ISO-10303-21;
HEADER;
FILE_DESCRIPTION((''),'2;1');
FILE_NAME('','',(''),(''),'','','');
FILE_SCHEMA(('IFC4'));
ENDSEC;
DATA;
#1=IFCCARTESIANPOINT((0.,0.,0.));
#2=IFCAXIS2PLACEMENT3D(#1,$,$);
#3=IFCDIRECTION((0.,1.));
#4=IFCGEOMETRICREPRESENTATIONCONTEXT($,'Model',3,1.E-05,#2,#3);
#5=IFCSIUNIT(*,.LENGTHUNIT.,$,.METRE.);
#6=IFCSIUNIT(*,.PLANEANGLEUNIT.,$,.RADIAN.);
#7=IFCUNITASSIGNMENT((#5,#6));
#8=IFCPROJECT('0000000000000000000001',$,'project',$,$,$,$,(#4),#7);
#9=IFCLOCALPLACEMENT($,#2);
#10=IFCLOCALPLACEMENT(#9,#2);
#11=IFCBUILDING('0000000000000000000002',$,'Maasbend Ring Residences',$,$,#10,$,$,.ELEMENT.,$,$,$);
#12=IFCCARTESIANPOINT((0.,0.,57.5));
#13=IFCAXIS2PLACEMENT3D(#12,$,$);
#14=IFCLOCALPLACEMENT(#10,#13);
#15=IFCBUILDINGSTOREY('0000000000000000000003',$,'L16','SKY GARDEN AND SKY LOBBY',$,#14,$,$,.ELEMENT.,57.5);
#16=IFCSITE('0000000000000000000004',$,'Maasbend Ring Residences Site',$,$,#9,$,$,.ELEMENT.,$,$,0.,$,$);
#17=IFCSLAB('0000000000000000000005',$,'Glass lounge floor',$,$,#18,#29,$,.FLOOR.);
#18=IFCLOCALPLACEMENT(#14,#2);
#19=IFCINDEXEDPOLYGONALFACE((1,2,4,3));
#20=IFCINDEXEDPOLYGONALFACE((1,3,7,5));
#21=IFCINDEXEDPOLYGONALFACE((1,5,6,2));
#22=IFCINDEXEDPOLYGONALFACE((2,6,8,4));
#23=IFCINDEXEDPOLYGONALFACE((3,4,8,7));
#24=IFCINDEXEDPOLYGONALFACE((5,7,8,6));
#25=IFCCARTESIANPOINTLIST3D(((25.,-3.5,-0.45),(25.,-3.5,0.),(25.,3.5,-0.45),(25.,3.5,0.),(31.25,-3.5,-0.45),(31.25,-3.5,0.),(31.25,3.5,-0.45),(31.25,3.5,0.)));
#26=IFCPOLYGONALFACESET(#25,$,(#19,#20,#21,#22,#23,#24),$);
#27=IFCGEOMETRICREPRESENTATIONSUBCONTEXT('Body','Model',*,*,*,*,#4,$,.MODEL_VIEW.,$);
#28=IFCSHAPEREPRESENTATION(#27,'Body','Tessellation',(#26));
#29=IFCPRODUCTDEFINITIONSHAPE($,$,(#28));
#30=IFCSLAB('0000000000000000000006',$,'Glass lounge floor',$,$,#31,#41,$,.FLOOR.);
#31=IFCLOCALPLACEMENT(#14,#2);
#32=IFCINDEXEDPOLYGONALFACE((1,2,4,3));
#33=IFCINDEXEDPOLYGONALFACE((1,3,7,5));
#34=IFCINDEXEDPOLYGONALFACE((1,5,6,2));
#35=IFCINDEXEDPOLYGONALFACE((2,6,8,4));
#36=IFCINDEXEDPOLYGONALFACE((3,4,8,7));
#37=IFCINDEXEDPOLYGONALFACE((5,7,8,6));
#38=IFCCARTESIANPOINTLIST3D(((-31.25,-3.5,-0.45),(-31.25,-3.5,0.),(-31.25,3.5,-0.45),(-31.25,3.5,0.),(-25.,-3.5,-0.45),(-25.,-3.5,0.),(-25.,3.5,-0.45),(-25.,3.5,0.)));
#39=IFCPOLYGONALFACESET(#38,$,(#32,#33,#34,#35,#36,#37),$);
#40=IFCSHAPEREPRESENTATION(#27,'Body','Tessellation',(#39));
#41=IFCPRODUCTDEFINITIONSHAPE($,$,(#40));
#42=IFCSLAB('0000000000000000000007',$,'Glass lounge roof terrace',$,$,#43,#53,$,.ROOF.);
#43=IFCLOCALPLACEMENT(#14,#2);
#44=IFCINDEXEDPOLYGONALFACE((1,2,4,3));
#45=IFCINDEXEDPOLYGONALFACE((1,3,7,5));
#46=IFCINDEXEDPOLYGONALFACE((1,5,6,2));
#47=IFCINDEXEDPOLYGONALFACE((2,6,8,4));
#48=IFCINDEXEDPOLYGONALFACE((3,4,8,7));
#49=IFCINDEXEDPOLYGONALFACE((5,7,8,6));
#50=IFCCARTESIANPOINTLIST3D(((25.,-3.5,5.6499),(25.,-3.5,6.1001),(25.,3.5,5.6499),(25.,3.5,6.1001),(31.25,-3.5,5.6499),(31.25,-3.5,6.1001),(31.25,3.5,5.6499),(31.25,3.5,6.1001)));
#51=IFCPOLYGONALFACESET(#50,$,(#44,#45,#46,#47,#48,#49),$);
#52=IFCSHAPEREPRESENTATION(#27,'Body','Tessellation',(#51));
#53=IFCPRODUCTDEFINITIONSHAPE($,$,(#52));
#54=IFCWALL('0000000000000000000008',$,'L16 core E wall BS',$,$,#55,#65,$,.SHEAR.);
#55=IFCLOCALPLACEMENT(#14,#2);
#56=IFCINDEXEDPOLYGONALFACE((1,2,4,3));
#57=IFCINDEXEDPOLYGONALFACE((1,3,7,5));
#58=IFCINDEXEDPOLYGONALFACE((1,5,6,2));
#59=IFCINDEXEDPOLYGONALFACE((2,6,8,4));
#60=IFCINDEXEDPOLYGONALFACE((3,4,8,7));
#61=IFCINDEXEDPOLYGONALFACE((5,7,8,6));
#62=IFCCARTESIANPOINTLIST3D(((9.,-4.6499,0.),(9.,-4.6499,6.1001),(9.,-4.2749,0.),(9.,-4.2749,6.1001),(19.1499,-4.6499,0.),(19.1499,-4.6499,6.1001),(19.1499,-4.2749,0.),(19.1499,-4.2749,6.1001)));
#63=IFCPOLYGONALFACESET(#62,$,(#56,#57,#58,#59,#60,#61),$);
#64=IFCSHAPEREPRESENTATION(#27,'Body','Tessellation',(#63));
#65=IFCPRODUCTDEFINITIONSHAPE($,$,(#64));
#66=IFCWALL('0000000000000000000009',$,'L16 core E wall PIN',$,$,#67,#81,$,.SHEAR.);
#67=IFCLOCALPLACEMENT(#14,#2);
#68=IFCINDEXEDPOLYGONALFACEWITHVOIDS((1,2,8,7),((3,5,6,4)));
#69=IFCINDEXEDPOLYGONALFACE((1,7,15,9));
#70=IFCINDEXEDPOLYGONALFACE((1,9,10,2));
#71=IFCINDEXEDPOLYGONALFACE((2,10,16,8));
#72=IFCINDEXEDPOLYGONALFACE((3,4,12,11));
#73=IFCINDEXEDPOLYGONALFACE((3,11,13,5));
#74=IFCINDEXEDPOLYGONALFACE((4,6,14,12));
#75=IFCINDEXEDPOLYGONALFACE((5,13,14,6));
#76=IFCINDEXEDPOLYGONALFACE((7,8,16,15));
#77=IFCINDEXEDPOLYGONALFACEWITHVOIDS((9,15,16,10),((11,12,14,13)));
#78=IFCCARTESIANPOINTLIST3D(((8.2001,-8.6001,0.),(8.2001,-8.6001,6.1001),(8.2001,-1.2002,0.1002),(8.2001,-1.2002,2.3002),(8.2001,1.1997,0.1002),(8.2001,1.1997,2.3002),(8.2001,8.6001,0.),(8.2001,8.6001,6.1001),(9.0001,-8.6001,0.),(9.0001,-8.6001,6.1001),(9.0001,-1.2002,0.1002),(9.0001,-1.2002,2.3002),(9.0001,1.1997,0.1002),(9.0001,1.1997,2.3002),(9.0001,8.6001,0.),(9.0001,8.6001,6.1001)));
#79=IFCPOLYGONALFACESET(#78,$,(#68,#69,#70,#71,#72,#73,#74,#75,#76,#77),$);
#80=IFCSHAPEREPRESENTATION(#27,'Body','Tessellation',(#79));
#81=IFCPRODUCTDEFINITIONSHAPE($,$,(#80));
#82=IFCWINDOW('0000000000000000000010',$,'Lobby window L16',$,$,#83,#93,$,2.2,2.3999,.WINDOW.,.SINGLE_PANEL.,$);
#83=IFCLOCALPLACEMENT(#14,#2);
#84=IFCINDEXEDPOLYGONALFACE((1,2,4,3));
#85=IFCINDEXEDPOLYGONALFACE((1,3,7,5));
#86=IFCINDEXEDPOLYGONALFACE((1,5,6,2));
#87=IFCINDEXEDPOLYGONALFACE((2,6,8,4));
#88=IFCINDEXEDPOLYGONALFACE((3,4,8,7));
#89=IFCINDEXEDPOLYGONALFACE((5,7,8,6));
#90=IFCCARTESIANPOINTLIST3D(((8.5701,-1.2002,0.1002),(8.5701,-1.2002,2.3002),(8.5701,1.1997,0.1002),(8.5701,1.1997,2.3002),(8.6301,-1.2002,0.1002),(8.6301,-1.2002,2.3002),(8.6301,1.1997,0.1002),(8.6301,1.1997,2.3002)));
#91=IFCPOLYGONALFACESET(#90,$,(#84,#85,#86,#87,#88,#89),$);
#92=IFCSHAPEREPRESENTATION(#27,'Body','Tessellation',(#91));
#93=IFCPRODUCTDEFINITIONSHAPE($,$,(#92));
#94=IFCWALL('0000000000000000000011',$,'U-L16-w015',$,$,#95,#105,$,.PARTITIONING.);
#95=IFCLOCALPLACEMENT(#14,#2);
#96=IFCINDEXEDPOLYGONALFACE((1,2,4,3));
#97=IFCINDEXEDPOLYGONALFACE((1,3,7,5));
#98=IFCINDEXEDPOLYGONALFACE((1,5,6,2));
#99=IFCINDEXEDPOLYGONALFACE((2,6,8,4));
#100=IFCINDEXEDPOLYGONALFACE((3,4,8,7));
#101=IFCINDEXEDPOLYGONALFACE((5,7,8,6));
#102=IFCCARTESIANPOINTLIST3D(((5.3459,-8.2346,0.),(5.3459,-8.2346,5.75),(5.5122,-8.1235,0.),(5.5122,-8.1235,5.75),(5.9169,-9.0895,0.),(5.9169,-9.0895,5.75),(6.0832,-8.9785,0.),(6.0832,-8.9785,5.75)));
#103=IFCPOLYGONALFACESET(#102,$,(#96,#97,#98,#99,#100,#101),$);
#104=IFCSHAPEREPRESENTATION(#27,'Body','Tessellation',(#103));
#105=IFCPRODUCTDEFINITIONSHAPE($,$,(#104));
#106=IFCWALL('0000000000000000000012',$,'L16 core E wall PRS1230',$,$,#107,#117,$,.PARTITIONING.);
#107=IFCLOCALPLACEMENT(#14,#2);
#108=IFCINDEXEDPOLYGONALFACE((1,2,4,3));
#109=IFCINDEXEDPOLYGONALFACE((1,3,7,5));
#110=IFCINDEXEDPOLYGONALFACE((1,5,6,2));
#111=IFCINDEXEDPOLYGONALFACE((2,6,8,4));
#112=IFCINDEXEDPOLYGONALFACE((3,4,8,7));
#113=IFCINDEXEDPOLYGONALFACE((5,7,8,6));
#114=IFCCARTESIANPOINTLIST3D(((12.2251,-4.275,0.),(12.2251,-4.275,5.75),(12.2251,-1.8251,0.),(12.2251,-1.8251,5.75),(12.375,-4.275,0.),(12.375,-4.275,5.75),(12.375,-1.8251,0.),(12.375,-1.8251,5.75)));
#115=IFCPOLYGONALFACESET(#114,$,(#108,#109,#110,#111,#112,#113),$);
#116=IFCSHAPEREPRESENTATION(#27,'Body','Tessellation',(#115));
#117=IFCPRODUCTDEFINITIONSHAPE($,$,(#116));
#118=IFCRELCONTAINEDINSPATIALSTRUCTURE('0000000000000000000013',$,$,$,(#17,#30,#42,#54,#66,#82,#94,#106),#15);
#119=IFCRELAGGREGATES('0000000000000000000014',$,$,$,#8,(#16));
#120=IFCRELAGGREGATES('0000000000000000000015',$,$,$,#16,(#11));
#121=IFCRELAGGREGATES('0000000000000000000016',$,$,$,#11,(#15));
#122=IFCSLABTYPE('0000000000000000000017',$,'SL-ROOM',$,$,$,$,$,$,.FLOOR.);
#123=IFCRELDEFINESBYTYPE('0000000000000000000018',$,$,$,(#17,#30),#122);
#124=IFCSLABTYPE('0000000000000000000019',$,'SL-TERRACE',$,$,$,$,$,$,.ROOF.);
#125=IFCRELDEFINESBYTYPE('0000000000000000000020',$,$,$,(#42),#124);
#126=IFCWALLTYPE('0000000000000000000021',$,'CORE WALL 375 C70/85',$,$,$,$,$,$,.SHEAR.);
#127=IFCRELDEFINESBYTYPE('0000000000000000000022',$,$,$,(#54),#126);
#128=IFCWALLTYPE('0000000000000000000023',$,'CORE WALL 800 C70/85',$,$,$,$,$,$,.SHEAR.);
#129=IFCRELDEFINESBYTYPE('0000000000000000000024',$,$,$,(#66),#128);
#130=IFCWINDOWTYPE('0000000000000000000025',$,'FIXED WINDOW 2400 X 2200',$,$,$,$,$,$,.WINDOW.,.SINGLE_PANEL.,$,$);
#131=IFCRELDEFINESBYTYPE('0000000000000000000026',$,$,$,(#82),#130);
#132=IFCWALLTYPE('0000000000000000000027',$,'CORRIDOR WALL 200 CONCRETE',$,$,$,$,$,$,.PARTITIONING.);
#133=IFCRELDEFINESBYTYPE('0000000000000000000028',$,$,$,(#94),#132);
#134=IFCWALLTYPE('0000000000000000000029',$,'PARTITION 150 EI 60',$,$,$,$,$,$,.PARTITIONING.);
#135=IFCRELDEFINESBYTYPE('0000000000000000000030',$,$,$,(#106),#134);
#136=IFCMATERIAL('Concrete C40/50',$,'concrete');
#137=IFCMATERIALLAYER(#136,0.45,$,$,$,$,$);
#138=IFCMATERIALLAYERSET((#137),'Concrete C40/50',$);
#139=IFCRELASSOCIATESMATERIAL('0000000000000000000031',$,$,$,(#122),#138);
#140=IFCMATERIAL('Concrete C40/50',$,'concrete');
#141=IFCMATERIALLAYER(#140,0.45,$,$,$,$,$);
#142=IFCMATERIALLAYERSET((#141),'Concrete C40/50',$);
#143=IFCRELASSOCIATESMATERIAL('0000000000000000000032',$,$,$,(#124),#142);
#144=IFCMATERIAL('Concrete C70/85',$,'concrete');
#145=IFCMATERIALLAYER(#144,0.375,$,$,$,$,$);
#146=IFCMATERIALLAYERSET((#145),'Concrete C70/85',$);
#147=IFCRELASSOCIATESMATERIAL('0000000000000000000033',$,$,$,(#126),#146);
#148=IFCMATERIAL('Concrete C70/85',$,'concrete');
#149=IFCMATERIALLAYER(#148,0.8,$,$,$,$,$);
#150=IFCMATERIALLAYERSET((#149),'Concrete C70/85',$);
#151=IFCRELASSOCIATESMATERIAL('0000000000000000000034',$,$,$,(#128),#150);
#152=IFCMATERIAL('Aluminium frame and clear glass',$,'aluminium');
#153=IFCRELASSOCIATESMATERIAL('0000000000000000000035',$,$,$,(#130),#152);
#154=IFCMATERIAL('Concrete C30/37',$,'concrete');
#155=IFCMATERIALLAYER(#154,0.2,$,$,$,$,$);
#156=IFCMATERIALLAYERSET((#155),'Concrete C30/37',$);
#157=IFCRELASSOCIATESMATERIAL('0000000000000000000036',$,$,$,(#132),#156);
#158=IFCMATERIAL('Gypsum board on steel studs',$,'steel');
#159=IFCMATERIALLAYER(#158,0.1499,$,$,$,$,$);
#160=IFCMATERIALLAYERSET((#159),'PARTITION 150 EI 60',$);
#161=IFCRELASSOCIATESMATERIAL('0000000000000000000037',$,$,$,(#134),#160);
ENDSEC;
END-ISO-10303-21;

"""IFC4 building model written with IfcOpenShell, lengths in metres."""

from ifc_helpers import new_model, si_unit, direction, frame, frame_2d, origin, place, context, subcontext, project, spatial, polyline, rectangle, outline, extrude, material, layer, layer_set, type_object, element, fill, save


model = new_model("IFC4")

# Units and contexts
model_context = context("Model", 3, precision=1e-05, world=origin(), true_north=direction((0.0, 1.0)))
body_context = subcontext(model_context, "Body", "Model", "MODEL_VIEW")
ifc_project = project(units=[si_unit("LENGTHUNIT", "METRE"), si_unit("PLANEANGLEUNIT", "RADIAN")], contexts=[model_context])

# Site, building, storey
site_placement = place(None, origin())
site = spatial("IfcSite", under=ifc_project, at=site_placement, Name="Maasbend Ring Residences Site", CompositionType="ELEMENT", RefElevation=0.0)
building_placement = place(site_placement, origin())
building = spatial("IfcBuilding", under=site, at=building_placement, Name="Maasbend Ring Residences", CompositionType="ELEMENT")
storey_placement = place(building_placement, frame((0.0, 0.0, 57.5)))
storey = spatial("IfcBuildingStorey", under=building, at=storey_placement, Name="L16", Description="SKY GARDEN AND SKY LOBBY", CompositionType="ELEMENT", Elevation=57.5)

# Slabs
ifc_material_1 = material(Name="Concrete C40/50", Category="concrete")
ifc_layer_1 = layer(ifc_material_1, 0.45)
ifc_layer_set_1 = layer_set([ifc_layer_1], Name="Concrete C40/50")
slab_type_1 = type_object("IfcSlabType", Name="SL-ROOM", PredefinedType="FLOOR", material=ifc_layer_set_1)
slab_1_placement = place(storey_placement, frame((0.0, 0.0, -0.45)))
element("IfcSlab", 1, at=slab_1_placement, inside=storey, type_object=slab_type_1, Name="Glass lounge floor", PredefinedType="FLOOR", context=body_context, shape_type="SweptSolid", body=[
    extrude(outline(polyline([(25.0, -3.5), (31.25, -3.5), (31.25, 3.5), (25.0, 3.5), (25.0, -3.5)])), origin(), (0.0, 0.0, 1.0), 0.45),
])
slab_2_placement = place(storey_placement, frame((0.0, 0.0, -0.45)))
element("IfcSlab", 2, at=slab_2_placement, inside=storey, type_object=slab_type_1, Name="Glass lounge floor", PredefinedType="FLOOR", context=body_context, shape_type="SweptSolid", body=[
    extrude(outline(polyline([(-31.25, -3.5), (-25.0, -3.5), (-25.0, 3.5), (-31.25, 3.5), (-31.25, -3.5)])), origin(), (0.0, 0.0, 1.0), 0.45),
])
ifc_material_2 = material(Name="Concrete C40/50", Category="concrete")
ifc_layer_2 = layer(ifc_material_2, 0.45)
ifc_layer_set_2 = layer_set([ifc_layer_2], Name="Concrete C40/50")
slab_type_2 = type_object("IfcSlabType", Name="SL-TERRACE", PredefinedType="ROOF", material=ifc_layer_set_2)
slab_3_placement = place(storey_placement, frame((0.0, 0.0, 5.6499)))
element("IfcSlab", 3, at=slab_3_placement, inside=storey, type_object=slab_type_2, Name="Glass lounge roof terrace", PredefinedType="ROOF", context=body_context, shape_type="SweptSolid", body=[
    extrude(outline(polyline([(25.0, -3.5), (31.25, -3.5), (31.25, 3.5), (25.0, 3.5), (25.0, -3.5)])), origin(), (0.0, 0.0, 1.0), 0.4502),
])

# Wall
ifc_material_3 = material(Name="Concrete C70/85", Category="concrete")
ifc_layer_3 = layer(ifc_material_3, 0.375)
ifc_layer_set_3 = layer_set([ifc_layer_3], Name="Concrete C70/85")
wall_type_1 = type_object("IfcWallType", Name="CORE WALL 375 C70/85", PredefinedType="SHEAR", material=ifc_layer_set_3)
wall_1_placement = place(storey_placement, frame((9.0, -4.4624, 0.0), z_axis=(0.0, 0.0, 1.0), x_axis=(1.0, 0.0, 0.0)))
element("IfcWall", 4, at=wall_1_placement, inside=storey, type_object=wall_type_1, Name="L16 core E wall BS", PredefinedType="SHEAR", context=body_context, shape_type="SweptSolid", body=[
    extrude(rectangle(XDim=10.1499, YDim=0.375, at=frame_2d((5.075, 0.0))), origin(), (0.0, 0.0, 1.0), 6.1001),
])

# Wall, opening, window
ifc_material_4 = material(Name="Concrete C70/85", Category="concrete")
ifc_layer_4 = layer(ifc_material_4, 0.8)
ifc_layer_set_4 = layer_set([ifc_layer_4], Name="Concrete C70/85")
wall_type_2 = type_object("IfcWallType", Name="CORE WALL 800 C70/85", PredefinedType="SHEAR", material=ifc_layer_set_4)
wall_2_placement = place(storey_placement, frame((8.6001, -8.6001, 0.0), z_axis=(0.0, 0.0, 1.0), x_axis=(0.0, 1.0, 0.0)))
wall_2 = element("IfcWall", 5, at=wall_2_placement, inside=storey, type_object=wall_type_2, Name="L16 core E wall PIN", PredefinedType="SHEAR", context=body_context, shape_type="SweptSolid", body=[
    extrude(rectangle(XDim=17.2002, YDim=0.8, at=frame_2d((8.6001, 0.0))), origin(), (0.0, 0.0, 1.0), 6.1001),
])
opening_placement = place(wall_2_placement, frame((7.3999, 0.0, 0.1001)))
opening = element("IfcOpeningElement", 6, at=opening_placement, cuts=wall_2, PredefinedType="OPENING", context=body_context, shape_type="SweptSolid", body=[
    extrude(rectangle(XDim=2.3999, YDim=2.2, at=frame_2d((1.2, 1.1001))), frame((0.0, 0.4102, 0.0), z_axis=(0.0, -1.0, 0.0), x_axis=(1.0, 0.0, 0.0)), (0.0, 0.0, 1.0), 0.8201),
])
ifc_material_5 = material(Name="Aluminium frame and clear glass", Category="aluminium")
window_type = type_object("IfcWindowType", Name="FIXED WINDOW 2400 X 2200", PartitioningType="SINGLE_PANEL", PredefinedType="WINDOW", material=ifc_material_5)
window_placement = place(opening_placement, origin())
window = element("IfcWindow", 7, at=window_placement, inside=storey, type_object=window_type, Name="Lobby window L16", OverallHeight=2.2, OverallWidth=2.3999, PartitioningType="SINGLE_PANEL", PredefinedType="WINDOW", context=body_context, shape_type="SweptSolid", body=[
    extrude(rectangle(XDim=2.3999, YDim=2.2, at=frame_2d((1.2, 1.1001))), frame((0.0, 0.03, 0.0), z_axis=(0.0, -1.0, 0.0), x_axis=(1.0, 0.0, 0.0)), (0.0, 0.0, 1.0), 0.0601),
])
fill(opening, window)

# Walls
ifc_material_6 = material(Name="Concrete C30/37", Category="concrete")
ifc_layer_5 = layer(ifc_material_6, 0.2)
ifc_layer_set_5 = layer_set([ifc_layer_5], Name="Concrete C30/37")
wall_type_3 = type_object("IfcWallType", Name="CORRIDOR WALL 200 CONCRETE", PredefinedType="PARTITIONING", material=ifc_layer_set_5)
wall_3_placement = place(storey_placement, frame((5.429, -8.179, 0.0), z_axis=(0.0, 0.0, 1.0), x_axis=(0.555412, -0.831575, 0.0)))
element("IfcWall", 8, at=wall_3_placement, inside=storey, type_object=wall_type_3, Name="U-L16-w015", PredefinedType="PARTITIONING", context=body_context, shape_type="SweptSolid", body=[
    extrude(rectangle(XDim=1.0281, YDim=0.2, at=frame_2d((0.5142, 0.0))), origin(), (0.0, 0.0, 1.0), 5.75),
])
ifc_material_7 = material(Name="Gypsum board on steel studs", Category="steel")
ifc_layer_6 = layer(ifc_material_7, 0.1499)
ifc_layer_set_6 = layer_set([ifc_layer_6], Name="PARTITION 150 EI 60")
wall_type_4 = type_object("IfcWallType", Name="PARTITION 150 EI 60", PredefinedType="PARTITIONING", material=ifc_layer_set_6)
wall_4_placement = place(storey_placement, frame((12.3, -1.825, 0.0), z_axis=(0.0, 0.0, 1.0), x_axis=(0.0, -1.0, 0.0)))
element("IfcWall", 9, at=wall_4_placement, inside=storey, type_object=wall_type_4, Name="L16 core E wall PRS1230", PredefinedType="PARTITIONING", context=body_context, shape_type="SweptSolid", body=[
    extrude(rectangle(XDim=2.45, YDim=0.1499, at=frame_2d((1.2251, 0.0))), origin(), (0.0, 0.0, 1.0), 5.75),
])

save(model, "model.ifc")
